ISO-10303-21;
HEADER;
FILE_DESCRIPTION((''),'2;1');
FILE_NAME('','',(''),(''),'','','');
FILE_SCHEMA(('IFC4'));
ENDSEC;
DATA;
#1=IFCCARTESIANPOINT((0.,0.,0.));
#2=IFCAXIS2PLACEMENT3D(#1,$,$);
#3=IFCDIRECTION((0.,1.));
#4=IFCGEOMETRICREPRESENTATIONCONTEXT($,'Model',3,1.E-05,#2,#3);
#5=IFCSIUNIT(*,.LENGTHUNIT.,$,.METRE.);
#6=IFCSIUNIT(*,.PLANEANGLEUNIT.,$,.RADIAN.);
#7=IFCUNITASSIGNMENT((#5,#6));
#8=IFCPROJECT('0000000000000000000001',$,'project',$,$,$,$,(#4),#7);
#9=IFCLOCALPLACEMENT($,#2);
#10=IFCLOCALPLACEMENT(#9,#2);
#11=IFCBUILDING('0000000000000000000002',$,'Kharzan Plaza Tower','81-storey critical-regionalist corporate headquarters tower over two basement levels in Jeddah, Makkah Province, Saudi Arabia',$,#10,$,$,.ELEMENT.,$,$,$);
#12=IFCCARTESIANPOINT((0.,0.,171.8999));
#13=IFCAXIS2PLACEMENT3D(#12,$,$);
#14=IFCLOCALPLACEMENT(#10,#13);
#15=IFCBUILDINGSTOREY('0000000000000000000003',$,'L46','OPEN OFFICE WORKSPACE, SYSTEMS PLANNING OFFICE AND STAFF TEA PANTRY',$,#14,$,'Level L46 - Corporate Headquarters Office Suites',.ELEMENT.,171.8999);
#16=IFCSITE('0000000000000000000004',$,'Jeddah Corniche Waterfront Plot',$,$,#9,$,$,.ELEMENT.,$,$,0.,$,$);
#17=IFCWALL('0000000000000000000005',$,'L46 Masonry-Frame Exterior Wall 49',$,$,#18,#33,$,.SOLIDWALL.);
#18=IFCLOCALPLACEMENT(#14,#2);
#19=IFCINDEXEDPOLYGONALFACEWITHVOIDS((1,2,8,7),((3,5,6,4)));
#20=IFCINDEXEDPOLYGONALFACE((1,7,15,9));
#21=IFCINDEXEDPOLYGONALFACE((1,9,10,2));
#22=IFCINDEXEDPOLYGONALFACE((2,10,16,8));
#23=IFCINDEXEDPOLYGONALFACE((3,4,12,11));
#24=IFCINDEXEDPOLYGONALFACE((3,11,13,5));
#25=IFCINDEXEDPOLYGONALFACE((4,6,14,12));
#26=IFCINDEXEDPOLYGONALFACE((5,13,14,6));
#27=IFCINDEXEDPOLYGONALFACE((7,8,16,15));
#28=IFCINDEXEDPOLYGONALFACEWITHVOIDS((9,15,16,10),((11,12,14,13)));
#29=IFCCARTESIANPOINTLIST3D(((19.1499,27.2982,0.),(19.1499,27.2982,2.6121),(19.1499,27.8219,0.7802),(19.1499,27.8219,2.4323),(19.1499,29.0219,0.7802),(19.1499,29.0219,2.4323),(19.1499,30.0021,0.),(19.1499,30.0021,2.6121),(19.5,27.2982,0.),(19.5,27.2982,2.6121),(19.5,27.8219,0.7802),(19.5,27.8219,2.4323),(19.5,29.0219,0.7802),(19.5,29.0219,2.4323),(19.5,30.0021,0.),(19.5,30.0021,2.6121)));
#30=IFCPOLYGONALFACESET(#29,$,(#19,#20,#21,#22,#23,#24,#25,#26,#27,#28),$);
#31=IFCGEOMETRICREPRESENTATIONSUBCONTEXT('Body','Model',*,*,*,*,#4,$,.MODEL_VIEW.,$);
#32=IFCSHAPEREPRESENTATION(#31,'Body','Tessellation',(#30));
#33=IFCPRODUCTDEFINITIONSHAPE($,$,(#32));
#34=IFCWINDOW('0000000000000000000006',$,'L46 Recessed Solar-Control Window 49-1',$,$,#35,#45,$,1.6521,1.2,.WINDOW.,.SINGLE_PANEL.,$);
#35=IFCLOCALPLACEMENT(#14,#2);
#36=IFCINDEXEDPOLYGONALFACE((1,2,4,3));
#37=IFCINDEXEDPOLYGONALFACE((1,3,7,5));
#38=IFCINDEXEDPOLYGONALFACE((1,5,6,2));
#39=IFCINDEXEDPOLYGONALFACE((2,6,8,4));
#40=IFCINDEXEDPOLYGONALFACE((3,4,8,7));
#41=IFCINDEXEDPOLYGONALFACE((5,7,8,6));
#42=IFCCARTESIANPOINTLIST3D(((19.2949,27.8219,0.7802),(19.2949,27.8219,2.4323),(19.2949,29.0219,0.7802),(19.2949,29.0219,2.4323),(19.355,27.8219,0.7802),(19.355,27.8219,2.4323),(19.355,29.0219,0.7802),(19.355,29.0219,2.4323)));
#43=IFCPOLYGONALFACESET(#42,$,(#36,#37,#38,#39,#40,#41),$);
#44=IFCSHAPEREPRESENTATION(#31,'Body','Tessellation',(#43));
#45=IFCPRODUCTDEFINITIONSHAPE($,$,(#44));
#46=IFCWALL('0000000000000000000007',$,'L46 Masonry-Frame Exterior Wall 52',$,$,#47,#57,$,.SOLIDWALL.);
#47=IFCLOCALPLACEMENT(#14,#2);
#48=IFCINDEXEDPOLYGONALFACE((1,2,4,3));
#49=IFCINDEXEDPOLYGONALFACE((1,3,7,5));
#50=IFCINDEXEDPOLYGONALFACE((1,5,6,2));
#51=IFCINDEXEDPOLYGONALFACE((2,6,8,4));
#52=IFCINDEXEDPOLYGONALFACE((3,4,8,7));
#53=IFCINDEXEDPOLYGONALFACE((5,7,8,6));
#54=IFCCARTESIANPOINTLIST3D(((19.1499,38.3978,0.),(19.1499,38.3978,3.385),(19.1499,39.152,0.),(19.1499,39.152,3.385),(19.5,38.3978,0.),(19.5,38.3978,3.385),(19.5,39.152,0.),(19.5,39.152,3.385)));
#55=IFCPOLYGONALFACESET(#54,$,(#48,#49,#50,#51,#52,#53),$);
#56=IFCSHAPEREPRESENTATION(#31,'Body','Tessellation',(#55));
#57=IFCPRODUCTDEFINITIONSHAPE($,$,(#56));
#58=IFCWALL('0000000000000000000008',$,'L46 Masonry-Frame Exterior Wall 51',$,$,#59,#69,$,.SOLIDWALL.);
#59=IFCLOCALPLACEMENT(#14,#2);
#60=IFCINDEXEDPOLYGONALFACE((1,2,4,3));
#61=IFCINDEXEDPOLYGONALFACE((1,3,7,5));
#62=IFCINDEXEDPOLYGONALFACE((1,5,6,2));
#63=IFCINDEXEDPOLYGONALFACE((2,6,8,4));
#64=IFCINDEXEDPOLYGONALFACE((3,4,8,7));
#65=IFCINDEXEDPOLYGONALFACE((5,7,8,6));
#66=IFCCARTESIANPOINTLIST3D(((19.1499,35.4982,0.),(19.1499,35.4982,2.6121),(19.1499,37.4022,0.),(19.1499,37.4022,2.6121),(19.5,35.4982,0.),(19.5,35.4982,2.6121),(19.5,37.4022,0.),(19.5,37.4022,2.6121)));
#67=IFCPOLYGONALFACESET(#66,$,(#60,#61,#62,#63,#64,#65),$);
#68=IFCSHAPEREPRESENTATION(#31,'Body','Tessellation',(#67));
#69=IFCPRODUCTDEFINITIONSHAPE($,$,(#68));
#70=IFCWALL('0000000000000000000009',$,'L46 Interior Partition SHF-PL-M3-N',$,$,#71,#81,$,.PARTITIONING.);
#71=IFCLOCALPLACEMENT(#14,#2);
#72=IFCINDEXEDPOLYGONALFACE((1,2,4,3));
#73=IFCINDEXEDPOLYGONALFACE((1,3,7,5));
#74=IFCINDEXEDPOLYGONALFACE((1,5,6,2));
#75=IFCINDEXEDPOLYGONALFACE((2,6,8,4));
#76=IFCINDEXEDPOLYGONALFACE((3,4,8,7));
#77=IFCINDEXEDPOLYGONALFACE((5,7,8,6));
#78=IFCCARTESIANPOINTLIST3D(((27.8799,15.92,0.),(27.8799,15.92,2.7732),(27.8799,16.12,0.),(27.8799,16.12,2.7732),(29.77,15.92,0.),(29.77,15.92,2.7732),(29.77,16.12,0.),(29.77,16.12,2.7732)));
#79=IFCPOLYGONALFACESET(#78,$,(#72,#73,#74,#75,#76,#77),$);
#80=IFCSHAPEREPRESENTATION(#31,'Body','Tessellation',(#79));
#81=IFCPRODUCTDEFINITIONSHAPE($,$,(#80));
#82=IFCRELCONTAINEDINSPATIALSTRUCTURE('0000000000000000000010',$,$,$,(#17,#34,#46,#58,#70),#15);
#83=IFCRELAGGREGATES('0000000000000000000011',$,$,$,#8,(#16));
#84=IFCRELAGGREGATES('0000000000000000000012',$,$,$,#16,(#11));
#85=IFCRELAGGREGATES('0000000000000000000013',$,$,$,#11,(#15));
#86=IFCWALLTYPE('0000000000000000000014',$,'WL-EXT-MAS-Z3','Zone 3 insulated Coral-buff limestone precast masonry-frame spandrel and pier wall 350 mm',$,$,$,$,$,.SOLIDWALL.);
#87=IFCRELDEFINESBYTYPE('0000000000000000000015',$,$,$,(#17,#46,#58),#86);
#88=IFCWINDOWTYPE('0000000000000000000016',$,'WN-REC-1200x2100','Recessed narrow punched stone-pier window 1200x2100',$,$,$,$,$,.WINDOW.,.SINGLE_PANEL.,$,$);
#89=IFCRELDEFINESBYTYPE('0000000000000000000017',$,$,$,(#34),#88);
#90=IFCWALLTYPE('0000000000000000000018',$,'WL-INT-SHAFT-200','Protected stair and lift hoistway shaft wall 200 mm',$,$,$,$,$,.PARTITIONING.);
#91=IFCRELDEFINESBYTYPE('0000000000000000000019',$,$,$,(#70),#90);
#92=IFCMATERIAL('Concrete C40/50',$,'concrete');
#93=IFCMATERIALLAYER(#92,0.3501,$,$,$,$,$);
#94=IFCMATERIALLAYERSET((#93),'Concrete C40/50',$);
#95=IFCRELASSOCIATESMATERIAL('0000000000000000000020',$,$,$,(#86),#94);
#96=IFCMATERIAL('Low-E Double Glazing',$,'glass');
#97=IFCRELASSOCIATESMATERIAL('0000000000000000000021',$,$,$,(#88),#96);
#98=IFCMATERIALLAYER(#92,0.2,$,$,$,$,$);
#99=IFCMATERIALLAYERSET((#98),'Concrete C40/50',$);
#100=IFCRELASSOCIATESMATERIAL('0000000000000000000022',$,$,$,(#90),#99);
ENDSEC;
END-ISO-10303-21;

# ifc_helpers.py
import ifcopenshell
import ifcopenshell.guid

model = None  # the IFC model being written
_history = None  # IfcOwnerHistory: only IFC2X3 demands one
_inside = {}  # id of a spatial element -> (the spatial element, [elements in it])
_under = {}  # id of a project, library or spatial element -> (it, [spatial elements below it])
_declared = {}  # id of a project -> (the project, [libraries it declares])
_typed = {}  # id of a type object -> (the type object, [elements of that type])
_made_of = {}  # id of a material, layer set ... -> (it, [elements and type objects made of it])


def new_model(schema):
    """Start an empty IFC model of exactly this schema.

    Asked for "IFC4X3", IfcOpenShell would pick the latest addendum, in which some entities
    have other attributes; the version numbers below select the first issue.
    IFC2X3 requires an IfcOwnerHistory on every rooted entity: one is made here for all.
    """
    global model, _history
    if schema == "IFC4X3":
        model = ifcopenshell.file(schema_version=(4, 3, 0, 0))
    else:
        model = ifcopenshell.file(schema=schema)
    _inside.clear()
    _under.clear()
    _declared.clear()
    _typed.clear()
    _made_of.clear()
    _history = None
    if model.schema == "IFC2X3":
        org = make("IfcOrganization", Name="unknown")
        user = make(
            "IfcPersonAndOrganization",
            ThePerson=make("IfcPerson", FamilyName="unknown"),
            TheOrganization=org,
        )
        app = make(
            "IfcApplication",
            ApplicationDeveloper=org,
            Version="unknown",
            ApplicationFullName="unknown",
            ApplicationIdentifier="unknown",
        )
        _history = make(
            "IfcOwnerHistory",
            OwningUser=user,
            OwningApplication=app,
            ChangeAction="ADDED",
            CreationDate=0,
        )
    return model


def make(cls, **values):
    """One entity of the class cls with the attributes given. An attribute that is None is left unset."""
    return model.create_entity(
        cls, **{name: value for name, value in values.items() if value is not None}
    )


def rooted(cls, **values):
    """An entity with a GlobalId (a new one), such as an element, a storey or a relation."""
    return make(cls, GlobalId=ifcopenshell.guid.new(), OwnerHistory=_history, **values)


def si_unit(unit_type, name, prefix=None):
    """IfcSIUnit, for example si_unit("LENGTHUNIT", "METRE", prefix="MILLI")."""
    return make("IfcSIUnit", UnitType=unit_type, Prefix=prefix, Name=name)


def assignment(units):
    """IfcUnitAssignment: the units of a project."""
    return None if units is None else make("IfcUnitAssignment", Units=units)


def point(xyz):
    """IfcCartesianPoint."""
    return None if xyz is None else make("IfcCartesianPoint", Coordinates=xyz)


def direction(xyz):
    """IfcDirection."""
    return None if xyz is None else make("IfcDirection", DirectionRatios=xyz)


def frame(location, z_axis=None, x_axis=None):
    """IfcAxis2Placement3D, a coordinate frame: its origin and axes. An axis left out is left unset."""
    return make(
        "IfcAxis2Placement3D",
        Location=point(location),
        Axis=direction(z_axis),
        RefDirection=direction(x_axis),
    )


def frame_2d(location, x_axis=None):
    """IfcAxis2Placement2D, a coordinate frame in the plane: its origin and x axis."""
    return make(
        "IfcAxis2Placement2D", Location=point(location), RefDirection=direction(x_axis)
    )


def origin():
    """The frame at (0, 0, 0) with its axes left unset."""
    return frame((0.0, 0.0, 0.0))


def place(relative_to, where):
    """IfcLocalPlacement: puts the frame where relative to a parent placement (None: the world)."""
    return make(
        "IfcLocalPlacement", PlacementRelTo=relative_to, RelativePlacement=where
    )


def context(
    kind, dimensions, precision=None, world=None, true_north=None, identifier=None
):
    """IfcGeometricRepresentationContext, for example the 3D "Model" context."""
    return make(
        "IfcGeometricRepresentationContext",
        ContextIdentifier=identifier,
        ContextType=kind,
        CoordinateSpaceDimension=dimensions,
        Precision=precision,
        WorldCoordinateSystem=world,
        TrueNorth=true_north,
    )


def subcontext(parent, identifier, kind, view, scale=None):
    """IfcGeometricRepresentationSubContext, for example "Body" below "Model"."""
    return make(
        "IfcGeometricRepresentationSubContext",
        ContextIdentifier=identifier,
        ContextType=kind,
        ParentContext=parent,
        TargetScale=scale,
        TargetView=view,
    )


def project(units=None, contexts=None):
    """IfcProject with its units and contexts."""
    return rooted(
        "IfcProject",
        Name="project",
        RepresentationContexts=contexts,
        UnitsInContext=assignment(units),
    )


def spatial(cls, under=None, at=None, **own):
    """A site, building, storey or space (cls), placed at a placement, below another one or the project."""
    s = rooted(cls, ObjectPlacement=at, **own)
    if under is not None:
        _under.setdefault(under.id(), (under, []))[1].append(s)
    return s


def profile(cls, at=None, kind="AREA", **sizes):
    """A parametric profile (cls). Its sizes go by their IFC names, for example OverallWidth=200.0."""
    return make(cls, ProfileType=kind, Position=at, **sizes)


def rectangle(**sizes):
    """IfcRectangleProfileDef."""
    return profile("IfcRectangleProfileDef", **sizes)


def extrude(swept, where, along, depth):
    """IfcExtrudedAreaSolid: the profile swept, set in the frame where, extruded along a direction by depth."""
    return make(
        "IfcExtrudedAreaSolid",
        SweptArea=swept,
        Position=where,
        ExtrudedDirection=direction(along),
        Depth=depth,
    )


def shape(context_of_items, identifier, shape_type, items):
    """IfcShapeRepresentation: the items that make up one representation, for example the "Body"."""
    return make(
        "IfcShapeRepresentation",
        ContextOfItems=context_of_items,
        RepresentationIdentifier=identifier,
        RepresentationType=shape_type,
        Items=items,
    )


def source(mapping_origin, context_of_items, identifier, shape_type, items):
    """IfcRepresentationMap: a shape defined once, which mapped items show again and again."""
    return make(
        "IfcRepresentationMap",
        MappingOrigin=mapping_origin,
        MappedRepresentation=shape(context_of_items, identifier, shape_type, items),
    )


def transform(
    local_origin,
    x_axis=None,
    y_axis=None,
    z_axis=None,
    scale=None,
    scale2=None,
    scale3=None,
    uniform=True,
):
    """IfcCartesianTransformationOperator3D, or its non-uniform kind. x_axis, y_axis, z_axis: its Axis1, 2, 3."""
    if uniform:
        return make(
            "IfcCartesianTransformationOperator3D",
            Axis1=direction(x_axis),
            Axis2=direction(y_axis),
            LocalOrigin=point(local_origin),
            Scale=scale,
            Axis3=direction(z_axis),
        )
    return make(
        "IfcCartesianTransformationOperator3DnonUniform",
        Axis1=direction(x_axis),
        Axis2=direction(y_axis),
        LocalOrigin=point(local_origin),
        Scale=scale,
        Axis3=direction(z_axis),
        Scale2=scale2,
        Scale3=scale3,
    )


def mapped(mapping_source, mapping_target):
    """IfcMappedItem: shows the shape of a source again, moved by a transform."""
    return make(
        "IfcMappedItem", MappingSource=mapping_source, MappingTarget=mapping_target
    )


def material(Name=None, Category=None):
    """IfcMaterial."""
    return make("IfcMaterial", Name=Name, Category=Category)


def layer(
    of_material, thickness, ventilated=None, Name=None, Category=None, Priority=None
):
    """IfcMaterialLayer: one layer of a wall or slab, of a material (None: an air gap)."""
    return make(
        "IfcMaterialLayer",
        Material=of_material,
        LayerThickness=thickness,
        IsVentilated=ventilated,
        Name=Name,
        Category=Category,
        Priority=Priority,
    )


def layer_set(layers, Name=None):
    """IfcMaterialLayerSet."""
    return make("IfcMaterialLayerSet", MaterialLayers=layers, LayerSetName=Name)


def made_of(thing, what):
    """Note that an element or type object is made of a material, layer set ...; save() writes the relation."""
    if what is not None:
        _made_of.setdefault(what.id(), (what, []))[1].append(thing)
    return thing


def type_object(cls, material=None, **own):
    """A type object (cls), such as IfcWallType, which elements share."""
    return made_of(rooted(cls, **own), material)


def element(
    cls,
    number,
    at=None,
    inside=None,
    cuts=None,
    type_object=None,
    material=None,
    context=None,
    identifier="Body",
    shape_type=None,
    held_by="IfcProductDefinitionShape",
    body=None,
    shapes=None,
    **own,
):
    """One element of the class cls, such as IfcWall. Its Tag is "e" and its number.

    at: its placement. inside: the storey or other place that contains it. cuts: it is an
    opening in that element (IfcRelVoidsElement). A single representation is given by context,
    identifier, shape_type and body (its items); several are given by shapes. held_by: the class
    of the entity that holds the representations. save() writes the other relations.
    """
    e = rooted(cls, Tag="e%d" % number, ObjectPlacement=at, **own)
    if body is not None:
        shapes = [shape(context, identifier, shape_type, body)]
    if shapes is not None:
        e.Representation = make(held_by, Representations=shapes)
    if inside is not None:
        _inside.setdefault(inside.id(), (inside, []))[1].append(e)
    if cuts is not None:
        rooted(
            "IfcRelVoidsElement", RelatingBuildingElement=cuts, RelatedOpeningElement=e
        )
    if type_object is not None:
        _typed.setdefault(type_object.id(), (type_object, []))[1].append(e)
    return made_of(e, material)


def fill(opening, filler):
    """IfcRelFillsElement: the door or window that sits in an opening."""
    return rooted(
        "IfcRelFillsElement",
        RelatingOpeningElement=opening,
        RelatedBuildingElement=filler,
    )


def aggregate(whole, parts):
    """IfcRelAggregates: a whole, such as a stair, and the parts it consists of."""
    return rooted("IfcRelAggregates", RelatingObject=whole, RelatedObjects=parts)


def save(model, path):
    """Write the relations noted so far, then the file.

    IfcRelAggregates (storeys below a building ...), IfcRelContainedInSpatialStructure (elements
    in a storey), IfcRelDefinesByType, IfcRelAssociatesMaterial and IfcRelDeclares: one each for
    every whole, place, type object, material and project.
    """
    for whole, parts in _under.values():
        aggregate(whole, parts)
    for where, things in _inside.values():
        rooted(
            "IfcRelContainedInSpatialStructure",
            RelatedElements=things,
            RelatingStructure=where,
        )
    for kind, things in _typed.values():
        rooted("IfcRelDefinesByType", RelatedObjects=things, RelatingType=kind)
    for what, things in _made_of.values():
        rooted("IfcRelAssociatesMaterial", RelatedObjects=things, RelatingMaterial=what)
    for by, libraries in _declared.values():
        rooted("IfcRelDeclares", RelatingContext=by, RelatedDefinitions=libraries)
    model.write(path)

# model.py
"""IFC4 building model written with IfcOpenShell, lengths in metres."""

from ifc_helpers import new_model, si_unit, direction, frame, frame_2d, origin, place, context, subcontext, project, spatial, rectangle, extrude, source, transform, mapped, material, layer, layer_set, type_object, element, fill, save


model = new_model("IFC4")

# Units and contexts
model_context = context("Model", 3, precision=1e-05, world=origin(), true_north=direction((0.0, 1.0)))
body_context = subcontext(model_context, "Body", "Model", "MODEL_VIEW")
ifc_project = project(units=[si_unit("LENGTHUNIT", "METRE"), si_unit("PLANEANGLEUNIT", "RADIAN")], contexts=[model_context])

# Site, building, storey
site_placement = place(None, origin())
site = spatial("IfcSite", under=ifc_project, at=site_placement, Name="Jeddah Corniche Waterfront Plot", CompositionType="ELEMENT", RefElevation=0.0)
building_placement = place(site_placement, origin())
building = spatial("IfcBuilding", under=site, at=building_placement, Name="Kharzan Plaza Tower", Description="81-storey critical-regionalist corporate headquarters tower over two basement levels in Jeddah, Makkah Province, Saudi Arabia", CompositionType="ELEMENT")
storey_placement = place(building_placement, frame((0.0, 0.0, 171.8999)))
storey = spatial("IfcBuildingStorey", under=building, at=storey_placement, Name="L46", Description="OPEN OFFICE WORKSPACE, SYSTEMS PLANNING OFFICE AND STAFF TEA PANTRY", LongName="Level L46 - Corporate Headquarters Office Suites", CompositionType="ELEMENT", Elevation=171.8999)

# Wall, opening, window
ifc_material_1 = material(Name="Concrete C40/50", Category="concrete")
ifc_layer_1 = layer(ifc_material_1, 0.3501)
ifc_layer_set_1 = layer_set([ifc_layer_1], Name="Concrete C40/50")
wall_type_1 = type_object("IfcWallType", Name="WL-EXT-MAS-Z3", Description="Zone 3 insulated Coral-buff limestone precast masonry-frame spandrel and pier wall 350 mm", PredefinedType="SOLIDWALL", material=ifc_layer_set_1)
ifc_material_2 = material(Name="Low-E Double Glazing", Category="glass")
window_type_1 = type_object("IfcWindowType", Name="WN-REC-1200x2100", Description="Recessed narrow punched stone-pier window 1200x2100", PartitioningType="SINGLE_PANEL", PredefinedType="WINDOW", material=ifc_material_2)
shared_shape_1 = source(origin(), body_context, "Body", "SweptSolid", [
    extrude(rectangle(XDim=1.2, YDim=1.6521, at=frame_2d((0.6001, 0.8262))), frame((0.0, 0.03, 0.0), z_axis=(0.0, -1.0, 0.0), x_axis=(1.0, 0.0, 0.0)), (0.0, 0.0, 1.0), 0.0601),
])
wall_1_placement = place(storey_placement, frame((19.325, 27.2981, 0.0), z_axis=(0.0, 0.0, 1.0), x_axis=(0.0, 1.0, 0.0)))
wall_1 = element("IfcWall", 1, at=wall_1_placement, inside=storey, type_object=wall_type_1, Name="L46 Masonry-Frame Exterior Wall 49", PredefinedType="SOLIDWALL", context=body_context, shape_type="SweptSolid", body=[
    extrude(rectangle(XDim=2.7039, YDim=0.3501, at=frame_2d((1.3521, 0.0))), origin(), (0.0, 0.0, 1.0), 2.6121),
])
opening_1_placement = place(wall_1_placement, frame((0.5237, 0.0, 0.78)))
opening_1 = element("IfcOpeningElement", 2, at=opening_1_placement, cuts=wall_1, PredefinedType="OPENING", context=body_context, shape_type="SweptSolid", body=[
    extrude(rectangle(XDim=1.2, YDim=1.6521, at=frame_2d((0.6001, 0.8262))), frame((0.0, 0.1851, 0.0), z_axis=(0.0, -1.0, 0.0), x_axis=(1.0, 0.0, 0.0)), (0.0, 0.0, 1.0), 0.3701),
])
window_1_placement = place(opening_1_placement, origin())
window_1 = element("IfcWindow", 3, at=window_1_placement, inside=storey, type_object=window_type_1, Name="L46 Recessed Solar-Control Window 49-1", OverallHeight=1.6521, OverallWidth=1.2, PartitioningType="SINGLE_PANEL", PredefinedType="WINDOW", context=body_context, shape_type="MappedRepresentation", body=[
    mapped(shared_shape_1, transform((0.0, 0.0, 0.0), x_axis=(1.0, 0.0, 0.0), y_axis=(0.0, 1.0, 0.0), z_axis=(0.0, 0.0, 1.0))),
])
fill(opening_1, window_1)

# Walls
shared_shape_2 = source(origin(), body_context, "Body", "SweptSolid", [
    extrude(rectangle(XDim=0.7542, YDim=0.3501, at=frame_2d((0.377, 0.0))), origin(), (0.0, 0.0, 1.0), 3.385),
])
wall_2_placement = place(storey_placement, frame((19.325, 38.3979, 0.0), z_axis=(0.0, 0.0, 1.0), x_axis=(0.0, 1.0, 0.0)))
element("IfcWall", 4, at=wall_2_placement, inside=storey, type_object=wall_type_1, Name="L46 Masonry-Frame Exterior Wall 52", PredefinedType="SOLIDWALL", context=body_context, shape_type="MappedRepresentation", body=[
    mapped(shared_shape_2, transform((0.0, 0.0, 0.0), x_axis=(1.0, 0.0, 0.0), y_axis=(0.0, 1.0, 0.0), z_axis=(0.0, 0.0, 1.0))),
])
shared_shape_3 = source(origin(), body_context, "Body", "SweptSolid", [
    extrude(rectangle(XDim=1.9041, YDim=0.3501, at=frame_2d((0.9521, 0.0))), origin(), (0.0, 0.0, 1.0), 2.6121),
])
wall_3_placement = place(storey_placement, frame((19.325, 35.498, 0.0), z_axis=(0.0, 0.0, 1.0), x_axis=(0.0, 1.0, 0.0)))
element("IfcWall", 5, at=wall_3_placement, inside=storey, type_object=wall_type_1, Name="L46 Masonry-Frame Exterior Wall 51", PredefinedType="SOLIDWALL", context=body_context, shape_type="MappedRepresentation", body=[
    mapped(shared_shape_3, transform((0.0, 0.0, 0.0), x_axis=(1.0, 0.0, 0.0), y_axis=(0.0, 1.0, 0.0), z_axis=(0.0, 0.0, 1.0))),
])
ifc_layer_2 = layer(ifc_material_1, 0.2)
ifc_layer_set_2 = layer_set([ifc_layer_2], Name="Concrete C40/50")
wall_type_2 = type_object("IfcWallType", Name="WL-INT-SHAFT-200", Description="Protected stair and lift hoistway shaft wall 200 mm", PredefinedType="PARTITIONING", material=ifc_layer_set_2)
shared_shape_4 = source(origin(), body_context, "Body", "SweptSolid", [
    extrude(rectangle(XDim=1.8901, YDim=0.2, at=frame_2d((0.9451, 0.0))), origin(), (0.0, 0.0, 1.0), 2.7732),
])
wall_4_placement = place(storey_placement, frame((27.8799, 16.02, 0.0), z_axis=(0.0, 0.0, 1.0), x_axis=(1.0, 0.0, 0.0)))
element("IfcWall", 6, at=wall_4_placement, inside=storey, type_object=wall_type_2, Name="L46 Interior Partition SHF-PL-M3-N", PredefinedType="PARTITIONING", context=body_context, shape_type="MappedRepresentation", body=[
    mapped(shared_shape_4, transform((0.0, 0.0, 0.0), x_axis=(1.0, 0.0, 0.0), y_axis=(0.0, 1.0, 0.0), z_axis=(0.0, 0.0, 1.0))),
])

save(model, "model.ifc")
